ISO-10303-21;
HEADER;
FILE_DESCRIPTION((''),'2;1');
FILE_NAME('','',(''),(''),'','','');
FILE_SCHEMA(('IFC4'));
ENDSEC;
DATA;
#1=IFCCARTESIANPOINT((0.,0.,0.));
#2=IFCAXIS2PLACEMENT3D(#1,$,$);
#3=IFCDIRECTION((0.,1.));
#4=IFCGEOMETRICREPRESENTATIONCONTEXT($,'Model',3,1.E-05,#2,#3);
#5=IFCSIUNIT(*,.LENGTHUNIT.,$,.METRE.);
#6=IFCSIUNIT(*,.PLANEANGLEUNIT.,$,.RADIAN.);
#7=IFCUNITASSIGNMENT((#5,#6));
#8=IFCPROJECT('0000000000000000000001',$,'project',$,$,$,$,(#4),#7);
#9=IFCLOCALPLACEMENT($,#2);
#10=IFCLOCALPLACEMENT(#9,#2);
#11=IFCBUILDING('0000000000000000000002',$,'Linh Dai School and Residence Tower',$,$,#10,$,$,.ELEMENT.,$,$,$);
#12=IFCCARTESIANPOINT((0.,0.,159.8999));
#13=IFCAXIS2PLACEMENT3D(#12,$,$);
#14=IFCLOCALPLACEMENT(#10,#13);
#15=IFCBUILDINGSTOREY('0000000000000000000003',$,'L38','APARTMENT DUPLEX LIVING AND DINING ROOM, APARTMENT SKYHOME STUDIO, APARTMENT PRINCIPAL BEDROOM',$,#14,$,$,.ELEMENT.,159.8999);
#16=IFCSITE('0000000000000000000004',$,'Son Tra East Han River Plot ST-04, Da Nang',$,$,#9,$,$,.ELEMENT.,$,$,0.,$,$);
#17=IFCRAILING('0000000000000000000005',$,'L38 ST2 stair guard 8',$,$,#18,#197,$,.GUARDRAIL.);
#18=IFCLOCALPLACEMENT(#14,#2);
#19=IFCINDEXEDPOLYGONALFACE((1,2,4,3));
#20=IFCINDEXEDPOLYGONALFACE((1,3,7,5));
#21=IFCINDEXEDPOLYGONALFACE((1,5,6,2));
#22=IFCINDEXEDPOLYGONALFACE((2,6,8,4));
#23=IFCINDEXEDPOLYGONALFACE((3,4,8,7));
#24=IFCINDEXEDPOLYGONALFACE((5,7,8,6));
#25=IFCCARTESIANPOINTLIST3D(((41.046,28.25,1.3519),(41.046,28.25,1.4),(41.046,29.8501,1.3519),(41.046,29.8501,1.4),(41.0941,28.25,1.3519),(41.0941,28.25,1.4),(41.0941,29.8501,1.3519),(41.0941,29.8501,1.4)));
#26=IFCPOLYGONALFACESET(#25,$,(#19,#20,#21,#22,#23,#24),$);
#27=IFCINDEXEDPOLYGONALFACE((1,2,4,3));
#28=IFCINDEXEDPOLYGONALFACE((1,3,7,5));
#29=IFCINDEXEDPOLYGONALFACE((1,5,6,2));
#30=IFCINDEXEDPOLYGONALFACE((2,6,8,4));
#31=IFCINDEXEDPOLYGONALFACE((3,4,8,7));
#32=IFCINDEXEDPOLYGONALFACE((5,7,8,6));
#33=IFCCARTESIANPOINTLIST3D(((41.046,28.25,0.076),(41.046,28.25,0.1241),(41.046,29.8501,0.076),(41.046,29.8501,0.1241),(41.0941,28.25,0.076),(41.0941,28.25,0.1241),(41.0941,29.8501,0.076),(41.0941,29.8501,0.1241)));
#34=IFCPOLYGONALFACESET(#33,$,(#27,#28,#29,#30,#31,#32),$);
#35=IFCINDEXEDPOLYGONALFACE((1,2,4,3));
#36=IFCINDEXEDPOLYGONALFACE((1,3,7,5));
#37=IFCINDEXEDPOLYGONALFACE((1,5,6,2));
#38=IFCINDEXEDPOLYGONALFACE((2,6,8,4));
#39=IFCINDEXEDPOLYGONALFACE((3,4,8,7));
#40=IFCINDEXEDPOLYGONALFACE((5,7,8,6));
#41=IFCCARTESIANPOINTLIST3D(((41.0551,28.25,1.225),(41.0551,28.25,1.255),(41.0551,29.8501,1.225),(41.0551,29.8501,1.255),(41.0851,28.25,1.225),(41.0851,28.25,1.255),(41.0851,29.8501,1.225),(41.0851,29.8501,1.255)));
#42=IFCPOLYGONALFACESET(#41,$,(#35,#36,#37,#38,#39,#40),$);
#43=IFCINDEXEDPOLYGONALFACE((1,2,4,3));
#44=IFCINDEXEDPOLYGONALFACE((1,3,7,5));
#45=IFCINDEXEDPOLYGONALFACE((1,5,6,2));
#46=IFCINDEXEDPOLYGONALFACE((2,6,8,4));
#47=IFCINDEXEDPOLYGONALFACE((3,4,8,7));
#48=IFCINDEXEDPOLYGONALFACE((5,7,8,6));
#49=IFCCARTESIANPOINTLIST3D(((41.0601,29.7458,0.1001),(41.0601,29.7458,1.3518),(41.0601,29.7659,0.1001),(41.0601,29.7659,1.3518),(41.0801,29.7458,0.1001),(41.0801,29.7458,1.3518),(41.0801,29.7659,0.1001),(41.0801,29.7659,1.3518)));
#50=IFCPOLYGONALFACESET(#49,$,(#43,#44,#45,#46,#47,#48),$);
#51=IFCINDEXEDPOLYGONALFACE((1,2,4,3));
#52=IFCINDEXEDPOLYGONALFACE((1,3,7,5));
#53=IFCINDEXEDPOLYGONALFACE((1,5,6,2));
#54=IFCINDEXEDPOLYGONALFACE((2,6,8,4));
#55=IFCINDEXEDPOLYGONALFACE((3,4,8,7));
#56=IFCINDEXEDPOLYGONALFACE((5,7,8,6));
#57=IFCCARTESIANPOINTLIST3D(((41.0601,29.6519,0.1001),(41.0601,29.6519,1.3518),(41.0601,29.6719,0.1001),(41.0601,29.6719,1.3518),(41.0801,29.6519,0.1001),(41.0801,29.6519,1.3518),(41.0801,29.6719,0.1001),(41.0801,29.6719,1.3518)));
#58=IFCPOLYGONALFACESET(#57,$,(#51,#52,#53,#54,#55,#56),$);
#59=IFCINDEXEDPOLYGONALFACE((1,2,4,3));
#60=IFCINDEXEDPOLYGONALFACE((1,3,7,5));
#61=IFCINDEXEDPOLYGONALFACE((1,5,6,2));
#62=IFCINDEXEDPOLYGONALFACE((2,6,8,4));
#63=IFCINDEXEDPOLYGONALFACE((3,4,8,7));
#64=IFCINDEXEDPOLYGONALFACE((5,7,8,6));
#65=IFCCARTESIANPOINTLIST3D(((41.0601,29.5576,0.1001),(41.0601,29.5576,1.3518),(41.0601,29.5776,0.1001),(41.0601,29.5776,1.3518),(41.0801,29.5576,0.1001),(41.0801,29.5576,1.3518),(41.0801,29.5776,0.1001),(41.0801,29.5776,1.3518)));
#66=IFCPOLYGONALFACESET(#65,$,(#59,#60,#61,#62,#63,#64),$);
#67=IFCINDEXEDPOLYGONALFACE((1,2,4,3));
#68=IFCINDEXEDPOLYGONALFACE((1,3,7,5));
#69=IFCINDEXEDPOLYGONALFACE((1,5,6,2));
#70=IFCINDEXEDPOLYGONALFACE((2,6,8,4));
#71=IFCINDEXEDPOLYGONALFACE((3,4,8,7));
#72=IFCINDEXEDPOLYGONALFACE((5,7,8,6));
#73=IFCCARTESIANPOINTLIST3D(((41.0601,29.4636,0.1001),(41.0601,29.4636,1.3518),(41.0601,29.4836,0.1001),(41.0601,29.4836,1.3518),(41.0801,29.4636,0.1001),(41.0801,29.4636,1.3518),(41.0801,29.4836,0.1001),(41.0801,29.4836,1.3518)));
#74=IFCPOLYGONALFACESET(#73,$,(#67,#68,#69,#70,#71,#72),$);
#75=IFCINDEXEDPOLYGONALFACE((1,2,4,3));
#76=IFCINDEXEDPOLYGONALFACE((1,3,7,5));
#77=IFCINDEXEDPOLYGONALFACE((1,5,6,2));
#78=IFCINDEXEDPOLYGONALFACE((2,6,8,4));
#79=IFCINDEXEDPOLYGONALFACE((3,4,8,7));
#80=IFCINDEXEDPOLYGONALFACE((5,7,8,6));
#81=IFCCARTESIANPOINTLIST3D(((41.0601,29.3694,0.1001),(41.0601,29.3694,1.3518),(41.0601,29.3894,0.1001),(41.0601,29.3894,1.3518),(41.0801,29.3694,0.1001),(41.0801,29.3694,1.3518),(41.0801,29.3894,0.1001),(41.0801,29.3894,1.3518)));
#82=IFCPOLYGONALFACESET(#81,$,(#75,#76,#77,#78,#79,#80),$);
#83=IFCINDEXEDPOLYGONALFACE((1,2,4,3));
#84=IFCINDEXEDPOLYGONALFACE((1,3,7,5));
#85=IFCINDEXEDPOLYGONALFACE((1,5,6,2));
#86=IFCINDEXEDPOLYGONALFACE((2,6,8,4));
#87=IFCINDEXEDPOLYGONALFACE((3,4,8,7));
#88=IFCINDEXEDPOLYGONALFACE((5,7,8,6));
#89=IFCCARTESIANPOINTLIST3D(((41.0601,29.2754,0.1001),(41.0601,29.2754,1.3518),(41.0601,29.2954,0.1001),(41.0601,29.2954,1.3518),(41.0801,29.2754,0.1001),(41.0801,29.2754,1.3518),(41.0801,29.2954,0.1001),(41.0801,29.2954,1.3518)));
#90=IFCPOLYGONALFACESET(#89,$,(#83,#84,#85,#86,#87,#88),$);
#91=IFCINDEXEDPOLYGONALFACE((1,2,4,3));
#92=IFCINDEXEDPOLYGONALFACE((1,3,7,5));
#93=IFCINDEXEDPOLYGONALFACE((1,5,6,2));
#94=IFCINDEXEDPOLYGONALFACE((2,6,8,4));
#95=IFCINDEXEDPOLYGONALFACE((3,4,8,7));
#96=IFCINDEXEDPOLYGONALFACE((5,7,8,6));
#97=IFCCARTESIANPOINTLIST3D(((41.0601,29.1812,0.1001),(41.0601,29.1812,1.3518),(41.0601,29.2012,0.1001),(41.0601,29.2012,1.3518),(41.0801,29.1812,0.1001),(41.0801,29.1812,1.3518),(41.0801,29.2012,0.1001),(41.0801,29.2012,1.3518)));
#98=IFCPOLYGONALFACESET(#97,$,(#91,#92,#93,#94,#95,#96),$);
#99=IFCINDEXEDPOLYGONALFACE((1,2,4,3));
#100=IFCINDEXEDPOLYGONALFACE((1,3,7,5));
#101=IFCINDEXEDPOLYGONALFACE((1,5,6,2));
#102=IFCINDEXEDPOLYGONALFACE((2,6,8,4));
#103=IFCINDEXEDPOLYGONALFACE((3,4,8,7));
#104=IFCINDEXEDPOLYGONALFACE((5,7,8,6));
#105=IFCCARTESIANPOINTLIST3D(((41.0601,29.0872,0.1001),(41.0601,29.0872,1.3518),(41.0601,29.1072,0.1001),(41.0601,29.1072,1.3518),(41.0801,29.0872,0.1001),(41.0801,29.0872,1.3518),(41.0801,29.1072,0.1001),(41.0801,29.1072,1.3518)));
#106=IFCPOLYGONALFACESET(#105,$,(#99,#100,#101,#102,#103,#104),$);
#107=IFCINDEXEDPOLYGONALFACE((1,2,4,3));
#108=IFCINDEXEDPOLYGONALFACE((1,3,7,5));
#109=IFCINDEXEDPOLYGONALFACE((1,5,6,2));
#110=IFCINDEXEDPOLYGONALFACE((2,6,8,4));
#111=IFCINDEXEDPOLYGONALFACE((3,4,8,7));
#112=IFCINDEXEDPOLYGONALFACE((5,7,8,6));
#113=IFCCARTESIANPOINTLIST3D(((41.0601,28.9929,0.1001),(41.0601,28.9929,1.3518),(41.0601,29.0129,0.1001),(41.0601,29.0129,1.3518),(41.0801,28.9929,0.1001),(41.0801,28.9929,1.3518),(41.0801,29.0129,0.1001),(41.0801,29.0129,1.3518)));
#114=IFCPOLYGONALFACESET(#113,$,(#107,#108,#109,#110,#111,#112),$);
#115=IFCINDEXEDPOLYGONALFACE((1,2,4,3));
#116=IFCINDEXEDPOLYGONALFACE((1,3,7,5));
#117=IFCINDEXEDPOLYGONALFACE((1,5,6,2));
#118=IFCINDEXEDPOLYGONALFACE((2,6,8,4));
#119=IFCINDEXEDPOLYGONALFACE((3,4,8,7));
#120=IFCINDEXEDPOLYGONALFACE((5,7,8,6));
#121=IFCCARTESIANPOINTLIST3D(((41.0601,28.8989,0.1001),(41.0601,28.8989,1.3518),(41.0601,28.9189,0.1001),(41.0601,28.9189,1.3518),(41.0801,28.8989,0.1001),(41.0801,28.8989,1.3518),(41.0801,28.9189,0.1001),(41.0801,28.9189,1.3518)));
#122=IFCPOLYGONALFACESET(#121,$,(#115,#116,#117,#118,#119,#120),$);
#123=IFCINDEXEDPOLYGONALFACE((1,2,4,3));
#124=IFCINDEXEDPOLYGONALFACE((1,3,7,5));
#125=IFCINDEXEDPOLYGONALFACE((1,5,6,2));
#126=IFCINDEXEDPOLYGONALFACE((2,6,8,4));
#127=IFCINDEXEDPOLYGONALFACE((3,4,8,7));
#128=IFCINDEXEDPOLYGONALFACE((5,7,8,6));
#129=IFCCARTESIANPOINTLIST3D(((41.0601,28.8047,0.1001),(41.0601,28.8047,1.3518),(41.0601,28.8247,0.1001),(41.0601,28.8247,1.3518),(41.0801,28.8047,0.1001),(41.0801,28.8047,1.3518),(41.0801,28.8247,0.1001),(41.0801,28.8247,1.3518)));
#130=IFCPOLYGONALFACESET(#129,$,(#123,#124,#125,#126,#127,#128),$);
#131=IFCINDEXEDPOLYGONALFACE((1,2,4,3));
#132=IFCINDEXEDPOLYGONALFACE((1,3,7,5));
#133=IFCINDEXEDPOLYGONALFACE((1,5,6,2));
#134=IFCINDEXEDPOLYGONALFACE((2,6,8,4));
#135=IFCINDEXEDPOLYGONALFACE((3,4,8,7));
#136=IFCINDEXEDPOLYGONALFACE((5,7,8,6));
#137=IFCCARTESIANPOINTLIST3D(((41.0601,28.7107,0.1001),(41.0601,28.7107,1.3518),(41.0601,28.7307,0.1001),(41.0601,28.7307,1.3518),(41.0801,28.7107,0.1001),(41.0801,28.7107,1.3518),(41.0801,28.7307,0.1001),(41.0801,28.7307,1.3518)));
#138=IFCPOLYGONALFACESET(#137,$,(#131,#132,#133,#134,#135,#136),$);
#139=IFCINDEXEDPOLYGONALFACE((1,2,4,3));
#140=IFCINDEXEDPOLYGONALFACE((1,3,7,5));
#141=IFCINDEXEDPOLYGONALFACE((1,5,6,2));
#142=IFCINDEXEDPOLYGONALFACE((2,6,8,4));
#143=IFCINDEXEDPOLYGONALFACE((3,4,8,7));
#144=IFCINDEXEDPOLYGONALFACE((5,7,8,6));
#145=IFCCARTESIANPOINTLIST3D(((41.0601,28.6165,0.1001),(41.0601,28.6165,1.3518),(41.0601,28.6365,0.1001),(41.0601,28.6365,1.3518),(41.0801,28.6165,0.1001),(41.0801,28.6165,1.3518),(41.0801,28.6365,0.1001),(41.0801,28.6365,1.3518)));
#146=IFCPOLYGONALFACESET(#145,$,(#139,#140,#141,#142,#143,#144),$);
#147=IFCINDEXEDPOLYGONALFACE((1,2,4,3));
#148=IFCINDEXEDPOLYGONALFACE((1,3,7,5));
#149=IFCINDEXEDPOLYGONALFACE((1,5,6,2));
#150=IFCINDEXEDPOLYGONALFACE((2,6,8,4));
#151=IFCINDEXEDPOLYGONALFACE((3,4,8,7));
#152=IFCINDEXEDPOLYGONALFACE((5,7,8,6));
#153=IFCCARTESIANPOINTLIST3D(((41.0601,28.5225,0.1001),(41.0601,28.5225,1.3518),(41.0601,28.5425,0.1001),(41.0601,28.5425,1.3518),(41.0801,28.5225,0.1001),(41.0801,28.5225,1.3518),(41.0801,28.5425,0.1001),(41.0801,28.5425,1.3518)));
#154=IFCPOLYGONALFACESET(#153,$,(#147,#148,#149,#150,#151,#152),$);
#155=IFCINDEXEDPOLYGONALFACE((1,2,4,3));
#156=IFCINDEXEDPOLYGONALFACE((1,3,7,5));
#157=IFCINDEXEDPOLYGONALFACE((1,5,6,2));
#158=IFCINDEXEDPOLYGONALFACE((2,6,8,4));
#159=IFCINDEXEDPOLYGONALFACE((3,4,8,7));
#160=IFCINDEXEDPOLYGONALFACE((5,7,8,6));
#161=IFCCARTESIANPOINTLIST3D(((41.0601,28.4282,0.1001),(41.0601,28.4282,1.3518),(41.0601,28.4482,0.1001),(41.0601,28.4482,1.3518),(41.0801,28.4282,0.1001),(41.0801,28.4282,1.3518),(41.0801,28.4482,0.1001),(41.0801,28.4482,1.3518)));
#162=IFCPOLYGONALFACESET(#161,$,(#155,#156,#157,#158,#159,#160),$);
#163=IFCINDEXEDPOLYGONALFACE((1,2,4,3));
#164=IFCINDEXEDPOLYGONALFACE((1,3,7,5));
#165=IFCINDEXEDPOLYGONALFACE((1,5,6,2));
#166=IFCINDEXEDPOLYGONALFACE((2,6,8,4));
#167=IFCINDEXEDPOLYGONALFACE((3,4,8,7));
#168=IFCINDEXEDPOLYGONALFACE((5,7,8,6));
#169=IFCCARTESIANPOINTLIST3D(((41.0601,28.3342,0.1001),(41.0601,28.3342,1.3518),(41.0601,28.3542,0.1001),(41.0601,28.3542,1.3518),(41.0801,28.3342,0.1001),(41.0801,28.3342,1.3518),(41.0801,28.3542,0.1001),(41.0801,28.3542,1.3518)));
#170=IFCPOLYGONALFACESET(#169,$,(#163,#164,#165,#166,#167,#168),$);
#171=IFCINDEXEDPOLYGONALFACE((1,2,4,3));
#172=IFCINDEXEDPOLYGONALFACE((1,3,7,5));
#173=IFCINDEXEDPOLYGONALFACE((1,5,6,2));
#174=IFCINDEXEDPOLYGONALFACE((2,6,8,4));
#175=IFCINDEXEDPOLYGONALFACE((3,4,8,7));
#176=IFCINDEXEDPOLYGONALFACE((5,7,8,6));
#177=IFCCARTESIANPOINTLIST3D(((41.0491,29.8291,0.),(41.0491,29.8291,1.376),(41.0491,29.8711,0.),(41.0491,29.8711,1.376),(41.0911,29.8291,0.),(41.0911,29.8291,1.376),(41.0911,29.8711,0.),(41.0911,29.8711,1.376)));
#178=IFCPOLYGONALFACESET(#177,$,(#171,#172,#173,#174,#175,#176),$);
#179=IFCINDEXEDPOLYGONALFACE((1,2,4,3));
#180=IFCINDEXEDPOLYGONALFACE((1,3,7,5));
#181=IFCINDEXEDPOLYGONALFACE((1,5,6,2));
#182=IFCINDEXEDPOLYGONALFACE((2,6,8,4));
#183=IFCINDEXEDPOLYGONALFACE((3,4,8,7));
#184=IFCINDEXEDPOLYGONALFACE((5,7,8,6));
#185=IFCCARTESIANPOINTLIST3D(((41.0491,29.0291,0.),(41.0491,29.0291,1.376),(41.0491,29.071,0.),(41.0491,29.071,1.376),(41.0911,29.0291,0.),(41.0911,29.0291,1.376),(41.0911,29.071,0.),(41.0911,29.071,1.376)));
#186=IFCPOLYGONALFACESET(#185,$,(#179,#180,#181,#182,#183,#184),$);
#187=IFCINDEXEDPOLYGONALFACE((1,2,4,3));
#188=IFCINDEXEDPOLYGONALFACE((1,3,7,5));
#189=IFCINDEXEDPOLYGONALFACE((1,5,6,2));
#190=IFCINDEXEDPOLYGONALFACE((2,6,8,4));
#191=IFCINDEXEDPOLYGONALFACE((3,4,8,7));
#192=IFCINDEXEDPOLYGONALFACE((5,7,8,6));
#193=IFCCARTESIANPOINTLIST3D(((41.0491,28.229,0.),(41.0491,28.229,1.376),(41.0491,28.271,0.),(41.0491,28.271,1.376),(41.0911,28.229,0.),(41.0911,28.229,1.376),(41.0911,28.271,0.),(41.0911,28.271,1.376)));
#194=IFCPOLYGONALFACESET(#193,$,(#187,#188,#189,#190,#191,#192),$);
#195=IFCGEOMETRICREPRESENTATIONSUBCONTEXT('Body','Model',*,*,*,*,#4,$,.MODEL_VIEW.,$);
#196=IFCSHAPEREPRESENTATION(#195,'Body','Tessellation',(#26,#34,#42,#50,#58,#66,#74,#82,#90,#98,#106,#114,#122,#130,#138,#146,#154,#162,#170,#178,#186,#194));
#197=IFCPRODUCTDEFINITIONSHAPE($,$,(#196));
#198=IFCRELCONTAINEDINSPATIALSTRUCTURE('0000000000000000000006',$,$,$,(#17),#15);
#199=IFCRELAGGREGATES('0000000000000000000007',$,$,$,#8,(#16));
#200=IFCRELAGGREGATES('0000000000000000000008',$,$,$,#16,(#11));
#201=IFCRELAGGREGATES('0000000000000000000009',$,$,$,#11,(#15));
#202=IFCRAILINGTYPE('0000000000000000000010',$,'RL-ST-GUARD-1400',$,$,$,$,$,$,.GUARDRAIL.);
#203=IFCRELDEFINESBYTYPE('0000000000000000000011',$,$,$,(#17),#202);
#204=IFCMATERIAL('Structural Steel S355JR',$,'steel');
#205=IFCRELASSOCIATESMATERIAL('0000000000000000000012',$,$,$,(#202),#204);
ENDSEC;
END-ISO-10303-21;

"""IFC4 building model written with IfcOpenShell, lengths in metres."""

from ifc_helpers import new_model, si_unit, direction, frame, origin, origin_2d, place, context, subcontext, project, spatial, rectangle, extrude, source, transform, mapped, material, type_object, element, save


model = new_model("IFC4")

# Units and contexts
model_context = context("Model", 3, precision=1e-05, world=origin(), true_north=direction((0.0, 1.0)))
body_context = subcontext(model_context, "Body", "Model", "MODEL_VIEW")
ifc_project = project(units=[si_unit("LENGTHUNIT", "METRE"), si_unit("PLANEANGLEUNIT", "RADIAN")], contexts=[model_context])

# Site, building, storey
site_placement = place(None, origin())
site = spatial("IfcSite", under=ifc_project, at=site_placement, Name="Son Tra East Han River Plot ST-04, Da Nang", CompositionType="ELEMENT", RefElevation=0.0)
building_placement = place(site_placement, origin())
building = spatial("IfcBuilding", under=site, at=building_placement, Name="Linh Dai School and Residence Tower", CompositionType="ELEMENT")
storey_placement = place(building_placement, frame((0.0, 0.0, 159.8999)))
storey = spatial("IfcBuildingStorey", under=building, at=storey_placement, Name="L38", Description="APARTMENT DUPLEX LIVING AND DINING ROOM, APARTMENT SKYHOME STUDIO, APARTMENT PRINCIPAL BEDROOM", CompositionType="ELEMENT", Elevation=159.8999)

# Shared definitions
ifc_material_1 = material(Name="Structural Steel S355JR", Category="steel")

# Railing
railing_type_1 = type_object("IfcRailingType", Name="RL-ST-GUARD-1400", PredefinedType="GUARDRAIL", material=ifc_material_1)
shared_shape_1 = source(origin(), body_context, "Body", "SweptSolid", [
    extrude(rectangle(XDim=0.0481, YDim=0.0481, at=origin_2d()), frame((0.0, 0.0, 1.376), z_axis=(0.0, -1.0, 0.0), x_axis=(1.0, 0.0, 0.0)), (0.0, 0.0, 1.0), 1.6001),
    extrude(rectangle(XDim=0.0481, YDim=0.0481, at=origin_2d()), frame((0.0, 0.0, 0.1001), z_axis=(0.0, -1.0, 0.0), x_axis=(1.0, 0.0, 0.0)), (0.0, 0.0, 1.0), 1.6001),
    extrude(rectangle(XDim=0.03, YDim=0.03, at=origin_2d()), frame((0.0, 0.0, 1.24), z_axis=(0.0, -1.0, 0.0), x_axis=(1.0, 0.0, 0.0)), (0.0, 0.0, 1.0), 1.6001),
    extrude(rectangle(XDim=0.02, YDim=0.02, at=origin_2d()), frame((0.0, -0.0942, 0.1001)), (0.0, 0.0, 1.0), 1.2517),
    extrude(rectangle(XDim=0.02, YDim=0.02, at=origin_2d()), frame((0.0, -0.1882, 0.1001)), (0.0, 0.0, 1.0), 1.2517),
    extrude(rectangle(XDim=0.02, YDim=0.02, at=origin_2d()), frame((0.0, -0.2825, 0.1001)), (0.0, 0.0, 1.0), 1.2517),
    extrude(rectangle(XDim=0.02, YDim=0.02, at=origin_2d()), frame((0.0, -0.3765, 0.1001)), (0.0, 0.0, 1.0), 1.2517),
    extrude(rectangle(XDim=0.02, YDim=0.02, at=origin_2d()), frame((0.0, -0.4707, 0.1001)), (0.0, 0.0, 1.0), 1.2517),
    extrude(rectangle(XDim=0.02, YDim=0.02, at=origin_2d()), frame((0.0, -0.5647, 0.1001)), (0.0, 0.0, 1.0), 1.2517),
    extrude(rectangle(XDim=0.02, YDim=0.02, at=origin_2d()), frame((0.0, -0.6589, 0.1001)), (0.0, 0.0, 1.0), 1.2517),
    extrude(rectangle(XDim=0.02, YDim=0.02, at=origin_2d()), frame((0.0, -0.7529, 0.1001)), (0.0, 0.0, 1.0), 1.2517),
    extrude(rectangle(XDim=0.02, YDim=0.02, at=origin_2d()), frame((0.0, -0.8472, 0.1001)), (0.0, 0.0, 1.0), 1.2517),
    extrude(rectangle(XDim=0.02, YDim=0.02, at=origin_2d()), frame((0.0, -0.9412, 0.1001)), (0.0, 0.0, 1.0), 1.2517),
    extrude(rectangle(XDim=0.02, YDim=0.02, at=origin_2d()), frame((0.0, -1.0354, 0.1001)), (0.0, 0.0, 1.0), 1.2517),
    extrude(rectangle(XDim=0.02, YDim=0.02, at=origin_2d()), frame((0.0, -1.1294, 0.1001)), (0.0, 0.0, 1.0), 1.2517),
    extrude(rectangle(XDim=0.02, YDim=0.02, at=origin_2d()), frame((0.0, -1.2236, 0.1001)), (0.0, 0.0, 1.0), 1.2517),
    extrude(rectangle(XDim=0.02, YDim=0.02, at=origin_2d()), frame((0.0, -1.3176, 0.1001)), (0.0, 0.0, 1.0), 1.2517),
    extrude(rectangle(XDim=0.02, YDim=0.02, at=origin_2d()), frame((0.0, -1.4119, 0.1001)), (0.0, 0.0, 1.0), 1.2517),
    extrude(rectangle(XDim=0.02, YDim=0.02, at=origin_2d()), frame((0.0, -1.5059, 0.1001)), (0.0, 0.0, 1.0), 1.2517),
    extrude(rectangle(XDim=0.042, YDim=0.042, at=origin_2d()), origin(), (0.0, 0.0, 1.0), 1.376),
    extrude(rectangle(XDim=0.042, YDim=0.042, at=origin_2d()), frame((0.0, -0.8, 0.0)), (0.0, 0.0, 1.0), 1.376),
    extrude(rectangle(XDim=0.042, YDim=0.042, at=origin_2d()), frame((0.0, -1.6001, 0.0)), (0.0, 0.0, 1.0), 1.376),
])
for number, where, name in (
    (1, (41.0701, 29.8501, 0.0), "L38 ST2 stair guard 8"),
):
    element("IfcRailing", number, at=place(storey_placement, frame(where)), inside=storey, type_object=railing_type_1, Name=name, PredefinedType="GUARDRAIL", context=body_context, shape_type="MappedRepresentation", body=[
        mapped(shared_shape_1, transform((0.0, 0.0, 0.0), x_axis=(1.0, 0.0, 0.0), y_axis=(0.0, 1.0, 0.0), z_axis=(0.0, 0.0, 1.0), scale=1.0)),
    ])

save(model, "model.ifc")
